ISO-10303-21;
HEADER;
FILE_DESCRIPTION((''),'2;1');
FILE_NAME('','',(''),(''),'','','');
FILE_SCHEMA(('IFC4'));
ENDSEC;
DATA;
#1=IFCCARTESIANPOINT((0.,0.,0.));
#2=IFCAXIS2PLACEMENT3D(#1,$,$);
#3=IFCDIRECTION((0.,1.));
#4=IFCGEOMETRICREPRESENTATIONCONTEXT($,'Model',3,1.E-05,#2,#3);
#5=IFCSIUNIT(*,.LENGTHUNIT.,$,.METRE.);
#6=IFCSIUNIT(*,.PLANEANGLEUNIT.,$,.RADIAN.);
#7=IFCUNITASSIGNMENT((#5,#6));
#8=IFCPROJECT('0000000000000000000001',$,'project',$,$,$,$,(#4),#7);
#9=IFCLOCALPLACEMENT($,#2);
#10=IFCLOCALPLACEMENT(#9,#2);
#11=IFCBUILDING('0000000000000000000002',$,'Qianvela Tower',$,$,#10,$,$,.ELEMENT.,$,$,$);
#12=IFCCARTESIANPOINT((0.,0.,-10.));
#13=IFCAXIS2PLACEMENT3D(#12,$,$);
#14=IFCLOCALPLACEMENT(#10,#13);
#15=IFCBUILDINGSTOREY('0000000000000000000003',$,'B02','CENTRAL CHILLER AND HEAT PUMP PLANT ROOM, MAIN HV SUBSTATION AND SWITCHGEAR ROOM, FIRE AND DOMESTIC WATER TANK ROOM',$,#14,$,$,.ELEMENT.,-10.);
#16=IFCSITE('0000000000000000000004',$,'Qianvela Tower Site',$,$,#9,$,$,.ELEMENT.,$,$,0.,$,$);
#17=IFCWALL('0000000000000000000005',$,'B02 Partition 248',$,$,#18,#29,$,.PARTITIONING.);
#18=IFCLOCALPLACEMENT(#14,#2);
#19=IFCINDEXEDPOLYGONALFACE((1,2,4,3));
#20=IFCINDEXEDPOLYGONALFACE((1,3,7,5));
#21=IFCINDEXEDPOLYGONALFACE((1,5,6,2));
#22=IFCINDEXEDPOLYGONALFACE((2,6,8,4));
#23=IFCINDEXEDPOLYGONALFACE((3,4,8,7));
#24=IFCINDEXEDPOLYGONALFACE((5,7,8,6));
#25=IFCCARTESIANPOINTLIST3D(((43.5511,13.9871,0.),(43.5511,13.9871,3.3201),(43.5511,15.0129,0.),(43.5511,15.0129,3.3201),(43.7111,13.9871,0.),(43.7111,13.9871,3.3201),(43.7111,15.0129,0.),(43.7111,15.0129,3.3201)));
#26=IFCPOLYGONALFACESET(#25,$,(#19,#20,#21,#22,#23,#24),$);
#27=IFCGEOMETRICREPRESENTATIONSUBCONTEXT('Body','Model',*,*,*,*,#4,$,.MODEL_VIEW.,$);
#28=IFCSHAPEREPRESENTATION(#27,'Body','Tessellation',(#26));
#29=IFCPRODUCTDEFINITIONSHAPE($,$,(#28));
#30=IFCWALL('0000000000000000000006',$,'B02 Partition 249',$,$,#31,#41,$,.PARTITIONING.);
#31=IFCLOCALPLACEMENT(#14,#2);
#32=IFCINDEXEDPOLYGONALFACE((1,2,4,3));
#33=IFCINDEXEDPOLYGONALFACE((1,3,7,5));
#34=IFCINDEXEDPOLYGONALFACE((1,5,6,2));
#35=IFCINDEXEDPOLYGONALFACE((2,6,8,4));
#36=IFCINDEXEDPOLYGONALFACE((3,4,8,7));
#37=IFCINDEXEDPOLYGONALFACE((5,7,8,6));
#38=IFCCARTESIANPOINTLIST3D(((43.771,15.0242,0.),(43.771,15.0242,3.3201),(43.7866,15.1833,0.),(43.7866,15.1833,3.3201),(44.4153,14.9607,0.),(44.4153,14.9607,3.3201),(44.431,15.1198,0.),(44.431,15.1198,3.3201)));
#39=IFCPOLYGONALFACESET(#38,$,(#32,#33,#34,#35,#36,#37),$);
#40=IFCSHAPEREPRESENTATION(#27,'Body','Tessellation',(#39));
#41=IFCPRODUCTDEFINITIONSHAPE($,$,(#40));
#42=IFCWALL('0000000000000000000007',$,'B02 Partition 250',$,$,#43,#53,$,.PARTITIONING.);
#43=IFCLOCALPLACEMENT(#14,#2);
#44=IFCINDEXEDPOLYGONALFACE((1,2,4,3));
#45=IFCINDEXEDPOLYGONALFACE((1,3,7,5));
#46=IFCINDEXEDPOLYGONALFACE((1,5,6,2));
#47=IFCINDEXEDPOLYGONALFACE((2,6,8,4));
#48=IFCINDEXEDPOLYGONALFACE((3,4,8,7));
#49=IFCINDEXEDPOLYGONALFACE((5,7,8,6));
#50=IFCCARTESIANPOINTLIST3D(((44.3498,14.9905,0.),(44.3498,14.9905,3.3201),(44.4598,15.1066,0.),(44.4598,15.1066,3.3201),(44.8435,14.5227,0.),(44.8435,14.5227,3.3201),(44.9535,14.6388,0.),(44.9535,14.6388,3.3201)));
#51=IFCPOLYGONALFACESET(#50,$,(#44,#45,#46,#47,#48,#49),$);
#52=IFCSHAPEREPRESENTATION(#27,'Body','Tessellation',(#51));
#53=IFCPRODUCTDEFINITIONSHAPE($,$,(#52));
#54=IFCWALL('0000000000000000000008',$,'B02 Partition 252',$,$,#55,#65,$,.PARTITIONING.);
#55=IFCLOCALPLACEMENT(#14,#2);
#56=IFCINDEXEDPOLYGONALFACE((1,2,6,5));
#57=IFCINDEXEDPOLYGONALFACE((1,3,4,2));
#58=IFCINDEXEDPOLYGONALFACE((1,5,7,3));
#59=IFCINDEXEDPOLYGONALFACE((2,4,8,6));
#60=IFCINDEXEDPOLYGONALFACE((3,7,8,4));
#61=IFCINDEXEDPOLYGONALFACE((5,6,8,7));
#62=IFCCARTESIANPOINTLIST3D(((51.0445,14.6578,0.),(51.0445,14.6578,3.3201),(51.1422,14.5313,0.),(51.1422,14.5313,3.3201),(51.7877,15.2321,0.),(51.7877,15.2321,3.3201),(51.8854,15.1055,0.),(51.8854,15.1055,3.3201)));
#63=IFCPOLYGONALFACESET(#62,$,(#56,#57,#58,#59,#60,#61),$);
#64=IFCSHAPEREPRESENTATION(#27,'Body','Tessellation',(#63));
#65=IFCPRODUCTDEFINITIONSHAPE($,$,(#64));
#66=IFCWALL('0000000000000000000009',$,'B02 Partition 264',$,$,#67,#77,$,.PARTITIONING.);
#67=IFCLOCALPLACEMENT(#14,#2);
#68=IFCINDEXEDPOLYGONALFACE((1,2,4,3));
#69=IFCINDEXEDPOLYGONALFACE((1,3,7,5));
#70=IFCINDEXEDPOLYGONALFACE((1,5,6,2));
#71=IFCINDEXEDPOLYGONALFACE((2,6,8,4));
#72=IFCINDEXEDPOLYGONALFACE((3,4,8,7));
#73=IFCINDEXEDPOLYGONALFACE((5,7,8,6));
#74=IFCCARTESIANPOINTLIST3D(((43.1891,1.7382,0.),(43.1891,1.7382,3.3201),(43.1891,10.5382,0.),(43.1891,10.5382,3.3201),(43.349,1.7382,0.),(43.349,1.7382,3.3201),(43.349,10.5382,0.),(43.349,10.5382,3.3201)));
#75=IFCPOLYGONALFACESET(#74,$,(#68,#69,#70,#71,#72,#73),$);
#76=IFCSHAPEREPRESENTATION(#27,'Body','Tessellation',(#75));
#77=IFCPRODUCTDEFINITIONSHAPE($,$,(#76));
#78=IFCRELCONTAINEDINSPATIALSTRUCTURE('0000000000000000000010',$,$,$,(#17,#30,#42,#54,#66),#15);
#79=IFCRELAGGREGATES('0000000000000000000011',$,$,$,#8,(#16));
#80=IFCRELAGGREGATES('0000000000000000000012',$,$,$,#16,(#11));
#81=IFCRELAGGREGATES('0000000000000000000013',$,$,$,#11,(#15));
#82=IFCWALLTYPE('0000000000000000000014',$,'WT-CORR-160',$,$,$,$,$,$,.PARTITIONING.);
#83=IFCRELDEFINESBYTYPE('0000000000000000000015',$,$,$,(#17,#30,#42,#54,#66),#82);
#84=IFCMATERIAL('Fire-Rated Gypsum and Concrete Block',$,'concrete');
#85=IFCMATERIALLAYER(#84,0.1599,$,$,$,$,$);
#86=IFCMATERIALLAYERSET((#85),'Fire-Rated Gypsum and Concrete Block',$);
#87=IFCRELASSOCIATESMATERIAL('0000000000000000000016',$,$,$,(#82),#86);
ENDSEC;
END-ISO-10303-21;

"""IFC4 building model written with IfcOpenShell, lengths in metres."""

from ifc_helpers import new_model, si_unit, direction, frame, frame_2d, origin, place, context, subcontext, project, spatial, rectangle, extrude, material, layer, layer_set, type_object, element, save


model = new_model("IFC4")

# Units and contexts
model_context = context("Model", 3, precision=1e-05, world=origin(), true_north=direction((0.0, 1.0)))
body_context = subcontext(model_context, "Body", "Model", "MODEL_VIEW")
ifc_project = project(units=[si_unit("LENGTHUNIT", "METRE"), si_unit("PLANEANGLEUNIT", "RADIAN")], contexts=[model_context])

# Site, building, storey
site_placement = place(None, origin())
site = spatial("IfcSite", under=ifc_project, at=site_placement, Name="Qianvela Tower Site", CompositionType="ELEMENT", RefElevation=0.0)
building_placement = place(site_placement, origin())
building = spatial("IfcBuilding", under=site, at=building_placement, Name="Qianvela Tower", CompositionType="ELEMENT")
storey_placement = place(building_placement, frame((0.0, 0.0, -10.0)))
storey = spatial("IfcBuildingStorey", under=building, at=storey_placement, Name="B02", Description="CENTRAL CHILLER AND HEAT PUMP PLANT ROOM, MAIN HV SUBSTATION AND SWITCHGEAR ROOM, FIRE AND DOMESTIC WATER TANK ROOM", CompositionType="ELEMENT", Elevation=-10.0)

# Walls
ifc_material_1 = material(Name="Fire-Rated Gypsum and Concrete Block", Category="concrete")
ifc_layer = layer(ifc_material_1, 0.1599)
ifc_layer_set = layer_set([ifc_layer], Name="Fire-Rated Gypsum and Concrete Block")
wall_type = type_object("IfcWallType", Name="WT-CORR-160", PredefinedType="PARTITIONING", material=ifc_layer_set)
wall_1_placement = place(storey_placement, frame((43.6311, 13.9871, 0.0), z_axis=(0.0, 0.0, 1.0), x_axis=(0.0, 1.0, 0.0)))
element("IfcWall", 1, at=wall_1_placement, inside=storey, type_object=wall_type, Name="B02 Partition 248", PredefinedType="PARTITIONING", context=body_context, shape_type="SweptSolid", body=[
    extrude(rectangle(XDim=1.0259, YDim=0.1599, at=frame_2d((0.5129, 0.0))), origin(), (0.0, 0.0, 1.0), 3.3201),
])
wall_2_placement = place(storey_placement, frame((43.7788, 15.1038, 0.0), z_axis=(0.0, 0.0, 1.0), x_axis=(0.995182, -0.098047, 0.0)))
element("IfcWall", 2, at=wall_2_placement, inside=storey, type_object=wall_type, Name="B02 Partition 249", PredefinedType="PARTITIONING", context=body_context, shape_type="SweptSolid", body=[
    extrude(rectangle(XDim=0.6475, YDim=0.1599, at=frame_2d((0.3237, 0.0))), origin(), (0.0, 0.0, 1.0), 3.3201),
])
wall_3_placement = place(storey_placement, frame((44.4048, 15.0486, 0.0), z_axis=(0.0, 0.0, 1.0), x_axis=(0.725877, -0.687824, 0.0)))
element("IfcWall", 3, at=wall_3_placement, inside=storey, type_object=wall_type, Name="B02 Partition 250", PredefinedType="PARTITIONING", context=body_context, shape_type="SweptSolid", body=[
    extrude(rectangle(XDim=0.6802, YDim=0.1599, at=frame_2d((0.3401, 0.0))), origin(), (0.0, 0.0, 1.0), 3.3201),
])
wall_4_placement = place(storey_placement, frame((51.0933, 14.5945, 0.0), z_axis=(0.0, 0.0, 1.0), x_axis=(0.791308, 0.611418, 0.0)))
element("IfcWall", 4, at=wall_4_placement, inside=storey, type_object=wall_type, Name="B02 Partition 252", PredefinedType="PARTITIONING", context=body_context, shape_type="SweptSolid", body=[
    extrude(rectangle(XDim=0.9392, YDim=0.1599, at=frame_2d((0.4697, 0.0))), origin(), (0.0, 0.0, 1.0), 3.3201),
])
wall_5_placement = place(storey_placement, frame((43.269, 10.5381, 0.0), z_axis=(0.0, 0.0, 1.0), x_axis=(0.0, -1.0, 0.0)))
element("IfcWall", 5, at=wall_5_placement, inside=storey, type_object=wall_type, Name="B02 Partition 264", PredefinedType="PARTITIONING", context=body_context, shape_type="SweptSolid", body=[
    extrude(rectangle(XDim=8.8, YDim=0.1599, at=frame_2d((4.3999, 0.0))), origin(), (0.0, 0.0, 1.0), 3.3201),
])

save(model, "model.ifc")
